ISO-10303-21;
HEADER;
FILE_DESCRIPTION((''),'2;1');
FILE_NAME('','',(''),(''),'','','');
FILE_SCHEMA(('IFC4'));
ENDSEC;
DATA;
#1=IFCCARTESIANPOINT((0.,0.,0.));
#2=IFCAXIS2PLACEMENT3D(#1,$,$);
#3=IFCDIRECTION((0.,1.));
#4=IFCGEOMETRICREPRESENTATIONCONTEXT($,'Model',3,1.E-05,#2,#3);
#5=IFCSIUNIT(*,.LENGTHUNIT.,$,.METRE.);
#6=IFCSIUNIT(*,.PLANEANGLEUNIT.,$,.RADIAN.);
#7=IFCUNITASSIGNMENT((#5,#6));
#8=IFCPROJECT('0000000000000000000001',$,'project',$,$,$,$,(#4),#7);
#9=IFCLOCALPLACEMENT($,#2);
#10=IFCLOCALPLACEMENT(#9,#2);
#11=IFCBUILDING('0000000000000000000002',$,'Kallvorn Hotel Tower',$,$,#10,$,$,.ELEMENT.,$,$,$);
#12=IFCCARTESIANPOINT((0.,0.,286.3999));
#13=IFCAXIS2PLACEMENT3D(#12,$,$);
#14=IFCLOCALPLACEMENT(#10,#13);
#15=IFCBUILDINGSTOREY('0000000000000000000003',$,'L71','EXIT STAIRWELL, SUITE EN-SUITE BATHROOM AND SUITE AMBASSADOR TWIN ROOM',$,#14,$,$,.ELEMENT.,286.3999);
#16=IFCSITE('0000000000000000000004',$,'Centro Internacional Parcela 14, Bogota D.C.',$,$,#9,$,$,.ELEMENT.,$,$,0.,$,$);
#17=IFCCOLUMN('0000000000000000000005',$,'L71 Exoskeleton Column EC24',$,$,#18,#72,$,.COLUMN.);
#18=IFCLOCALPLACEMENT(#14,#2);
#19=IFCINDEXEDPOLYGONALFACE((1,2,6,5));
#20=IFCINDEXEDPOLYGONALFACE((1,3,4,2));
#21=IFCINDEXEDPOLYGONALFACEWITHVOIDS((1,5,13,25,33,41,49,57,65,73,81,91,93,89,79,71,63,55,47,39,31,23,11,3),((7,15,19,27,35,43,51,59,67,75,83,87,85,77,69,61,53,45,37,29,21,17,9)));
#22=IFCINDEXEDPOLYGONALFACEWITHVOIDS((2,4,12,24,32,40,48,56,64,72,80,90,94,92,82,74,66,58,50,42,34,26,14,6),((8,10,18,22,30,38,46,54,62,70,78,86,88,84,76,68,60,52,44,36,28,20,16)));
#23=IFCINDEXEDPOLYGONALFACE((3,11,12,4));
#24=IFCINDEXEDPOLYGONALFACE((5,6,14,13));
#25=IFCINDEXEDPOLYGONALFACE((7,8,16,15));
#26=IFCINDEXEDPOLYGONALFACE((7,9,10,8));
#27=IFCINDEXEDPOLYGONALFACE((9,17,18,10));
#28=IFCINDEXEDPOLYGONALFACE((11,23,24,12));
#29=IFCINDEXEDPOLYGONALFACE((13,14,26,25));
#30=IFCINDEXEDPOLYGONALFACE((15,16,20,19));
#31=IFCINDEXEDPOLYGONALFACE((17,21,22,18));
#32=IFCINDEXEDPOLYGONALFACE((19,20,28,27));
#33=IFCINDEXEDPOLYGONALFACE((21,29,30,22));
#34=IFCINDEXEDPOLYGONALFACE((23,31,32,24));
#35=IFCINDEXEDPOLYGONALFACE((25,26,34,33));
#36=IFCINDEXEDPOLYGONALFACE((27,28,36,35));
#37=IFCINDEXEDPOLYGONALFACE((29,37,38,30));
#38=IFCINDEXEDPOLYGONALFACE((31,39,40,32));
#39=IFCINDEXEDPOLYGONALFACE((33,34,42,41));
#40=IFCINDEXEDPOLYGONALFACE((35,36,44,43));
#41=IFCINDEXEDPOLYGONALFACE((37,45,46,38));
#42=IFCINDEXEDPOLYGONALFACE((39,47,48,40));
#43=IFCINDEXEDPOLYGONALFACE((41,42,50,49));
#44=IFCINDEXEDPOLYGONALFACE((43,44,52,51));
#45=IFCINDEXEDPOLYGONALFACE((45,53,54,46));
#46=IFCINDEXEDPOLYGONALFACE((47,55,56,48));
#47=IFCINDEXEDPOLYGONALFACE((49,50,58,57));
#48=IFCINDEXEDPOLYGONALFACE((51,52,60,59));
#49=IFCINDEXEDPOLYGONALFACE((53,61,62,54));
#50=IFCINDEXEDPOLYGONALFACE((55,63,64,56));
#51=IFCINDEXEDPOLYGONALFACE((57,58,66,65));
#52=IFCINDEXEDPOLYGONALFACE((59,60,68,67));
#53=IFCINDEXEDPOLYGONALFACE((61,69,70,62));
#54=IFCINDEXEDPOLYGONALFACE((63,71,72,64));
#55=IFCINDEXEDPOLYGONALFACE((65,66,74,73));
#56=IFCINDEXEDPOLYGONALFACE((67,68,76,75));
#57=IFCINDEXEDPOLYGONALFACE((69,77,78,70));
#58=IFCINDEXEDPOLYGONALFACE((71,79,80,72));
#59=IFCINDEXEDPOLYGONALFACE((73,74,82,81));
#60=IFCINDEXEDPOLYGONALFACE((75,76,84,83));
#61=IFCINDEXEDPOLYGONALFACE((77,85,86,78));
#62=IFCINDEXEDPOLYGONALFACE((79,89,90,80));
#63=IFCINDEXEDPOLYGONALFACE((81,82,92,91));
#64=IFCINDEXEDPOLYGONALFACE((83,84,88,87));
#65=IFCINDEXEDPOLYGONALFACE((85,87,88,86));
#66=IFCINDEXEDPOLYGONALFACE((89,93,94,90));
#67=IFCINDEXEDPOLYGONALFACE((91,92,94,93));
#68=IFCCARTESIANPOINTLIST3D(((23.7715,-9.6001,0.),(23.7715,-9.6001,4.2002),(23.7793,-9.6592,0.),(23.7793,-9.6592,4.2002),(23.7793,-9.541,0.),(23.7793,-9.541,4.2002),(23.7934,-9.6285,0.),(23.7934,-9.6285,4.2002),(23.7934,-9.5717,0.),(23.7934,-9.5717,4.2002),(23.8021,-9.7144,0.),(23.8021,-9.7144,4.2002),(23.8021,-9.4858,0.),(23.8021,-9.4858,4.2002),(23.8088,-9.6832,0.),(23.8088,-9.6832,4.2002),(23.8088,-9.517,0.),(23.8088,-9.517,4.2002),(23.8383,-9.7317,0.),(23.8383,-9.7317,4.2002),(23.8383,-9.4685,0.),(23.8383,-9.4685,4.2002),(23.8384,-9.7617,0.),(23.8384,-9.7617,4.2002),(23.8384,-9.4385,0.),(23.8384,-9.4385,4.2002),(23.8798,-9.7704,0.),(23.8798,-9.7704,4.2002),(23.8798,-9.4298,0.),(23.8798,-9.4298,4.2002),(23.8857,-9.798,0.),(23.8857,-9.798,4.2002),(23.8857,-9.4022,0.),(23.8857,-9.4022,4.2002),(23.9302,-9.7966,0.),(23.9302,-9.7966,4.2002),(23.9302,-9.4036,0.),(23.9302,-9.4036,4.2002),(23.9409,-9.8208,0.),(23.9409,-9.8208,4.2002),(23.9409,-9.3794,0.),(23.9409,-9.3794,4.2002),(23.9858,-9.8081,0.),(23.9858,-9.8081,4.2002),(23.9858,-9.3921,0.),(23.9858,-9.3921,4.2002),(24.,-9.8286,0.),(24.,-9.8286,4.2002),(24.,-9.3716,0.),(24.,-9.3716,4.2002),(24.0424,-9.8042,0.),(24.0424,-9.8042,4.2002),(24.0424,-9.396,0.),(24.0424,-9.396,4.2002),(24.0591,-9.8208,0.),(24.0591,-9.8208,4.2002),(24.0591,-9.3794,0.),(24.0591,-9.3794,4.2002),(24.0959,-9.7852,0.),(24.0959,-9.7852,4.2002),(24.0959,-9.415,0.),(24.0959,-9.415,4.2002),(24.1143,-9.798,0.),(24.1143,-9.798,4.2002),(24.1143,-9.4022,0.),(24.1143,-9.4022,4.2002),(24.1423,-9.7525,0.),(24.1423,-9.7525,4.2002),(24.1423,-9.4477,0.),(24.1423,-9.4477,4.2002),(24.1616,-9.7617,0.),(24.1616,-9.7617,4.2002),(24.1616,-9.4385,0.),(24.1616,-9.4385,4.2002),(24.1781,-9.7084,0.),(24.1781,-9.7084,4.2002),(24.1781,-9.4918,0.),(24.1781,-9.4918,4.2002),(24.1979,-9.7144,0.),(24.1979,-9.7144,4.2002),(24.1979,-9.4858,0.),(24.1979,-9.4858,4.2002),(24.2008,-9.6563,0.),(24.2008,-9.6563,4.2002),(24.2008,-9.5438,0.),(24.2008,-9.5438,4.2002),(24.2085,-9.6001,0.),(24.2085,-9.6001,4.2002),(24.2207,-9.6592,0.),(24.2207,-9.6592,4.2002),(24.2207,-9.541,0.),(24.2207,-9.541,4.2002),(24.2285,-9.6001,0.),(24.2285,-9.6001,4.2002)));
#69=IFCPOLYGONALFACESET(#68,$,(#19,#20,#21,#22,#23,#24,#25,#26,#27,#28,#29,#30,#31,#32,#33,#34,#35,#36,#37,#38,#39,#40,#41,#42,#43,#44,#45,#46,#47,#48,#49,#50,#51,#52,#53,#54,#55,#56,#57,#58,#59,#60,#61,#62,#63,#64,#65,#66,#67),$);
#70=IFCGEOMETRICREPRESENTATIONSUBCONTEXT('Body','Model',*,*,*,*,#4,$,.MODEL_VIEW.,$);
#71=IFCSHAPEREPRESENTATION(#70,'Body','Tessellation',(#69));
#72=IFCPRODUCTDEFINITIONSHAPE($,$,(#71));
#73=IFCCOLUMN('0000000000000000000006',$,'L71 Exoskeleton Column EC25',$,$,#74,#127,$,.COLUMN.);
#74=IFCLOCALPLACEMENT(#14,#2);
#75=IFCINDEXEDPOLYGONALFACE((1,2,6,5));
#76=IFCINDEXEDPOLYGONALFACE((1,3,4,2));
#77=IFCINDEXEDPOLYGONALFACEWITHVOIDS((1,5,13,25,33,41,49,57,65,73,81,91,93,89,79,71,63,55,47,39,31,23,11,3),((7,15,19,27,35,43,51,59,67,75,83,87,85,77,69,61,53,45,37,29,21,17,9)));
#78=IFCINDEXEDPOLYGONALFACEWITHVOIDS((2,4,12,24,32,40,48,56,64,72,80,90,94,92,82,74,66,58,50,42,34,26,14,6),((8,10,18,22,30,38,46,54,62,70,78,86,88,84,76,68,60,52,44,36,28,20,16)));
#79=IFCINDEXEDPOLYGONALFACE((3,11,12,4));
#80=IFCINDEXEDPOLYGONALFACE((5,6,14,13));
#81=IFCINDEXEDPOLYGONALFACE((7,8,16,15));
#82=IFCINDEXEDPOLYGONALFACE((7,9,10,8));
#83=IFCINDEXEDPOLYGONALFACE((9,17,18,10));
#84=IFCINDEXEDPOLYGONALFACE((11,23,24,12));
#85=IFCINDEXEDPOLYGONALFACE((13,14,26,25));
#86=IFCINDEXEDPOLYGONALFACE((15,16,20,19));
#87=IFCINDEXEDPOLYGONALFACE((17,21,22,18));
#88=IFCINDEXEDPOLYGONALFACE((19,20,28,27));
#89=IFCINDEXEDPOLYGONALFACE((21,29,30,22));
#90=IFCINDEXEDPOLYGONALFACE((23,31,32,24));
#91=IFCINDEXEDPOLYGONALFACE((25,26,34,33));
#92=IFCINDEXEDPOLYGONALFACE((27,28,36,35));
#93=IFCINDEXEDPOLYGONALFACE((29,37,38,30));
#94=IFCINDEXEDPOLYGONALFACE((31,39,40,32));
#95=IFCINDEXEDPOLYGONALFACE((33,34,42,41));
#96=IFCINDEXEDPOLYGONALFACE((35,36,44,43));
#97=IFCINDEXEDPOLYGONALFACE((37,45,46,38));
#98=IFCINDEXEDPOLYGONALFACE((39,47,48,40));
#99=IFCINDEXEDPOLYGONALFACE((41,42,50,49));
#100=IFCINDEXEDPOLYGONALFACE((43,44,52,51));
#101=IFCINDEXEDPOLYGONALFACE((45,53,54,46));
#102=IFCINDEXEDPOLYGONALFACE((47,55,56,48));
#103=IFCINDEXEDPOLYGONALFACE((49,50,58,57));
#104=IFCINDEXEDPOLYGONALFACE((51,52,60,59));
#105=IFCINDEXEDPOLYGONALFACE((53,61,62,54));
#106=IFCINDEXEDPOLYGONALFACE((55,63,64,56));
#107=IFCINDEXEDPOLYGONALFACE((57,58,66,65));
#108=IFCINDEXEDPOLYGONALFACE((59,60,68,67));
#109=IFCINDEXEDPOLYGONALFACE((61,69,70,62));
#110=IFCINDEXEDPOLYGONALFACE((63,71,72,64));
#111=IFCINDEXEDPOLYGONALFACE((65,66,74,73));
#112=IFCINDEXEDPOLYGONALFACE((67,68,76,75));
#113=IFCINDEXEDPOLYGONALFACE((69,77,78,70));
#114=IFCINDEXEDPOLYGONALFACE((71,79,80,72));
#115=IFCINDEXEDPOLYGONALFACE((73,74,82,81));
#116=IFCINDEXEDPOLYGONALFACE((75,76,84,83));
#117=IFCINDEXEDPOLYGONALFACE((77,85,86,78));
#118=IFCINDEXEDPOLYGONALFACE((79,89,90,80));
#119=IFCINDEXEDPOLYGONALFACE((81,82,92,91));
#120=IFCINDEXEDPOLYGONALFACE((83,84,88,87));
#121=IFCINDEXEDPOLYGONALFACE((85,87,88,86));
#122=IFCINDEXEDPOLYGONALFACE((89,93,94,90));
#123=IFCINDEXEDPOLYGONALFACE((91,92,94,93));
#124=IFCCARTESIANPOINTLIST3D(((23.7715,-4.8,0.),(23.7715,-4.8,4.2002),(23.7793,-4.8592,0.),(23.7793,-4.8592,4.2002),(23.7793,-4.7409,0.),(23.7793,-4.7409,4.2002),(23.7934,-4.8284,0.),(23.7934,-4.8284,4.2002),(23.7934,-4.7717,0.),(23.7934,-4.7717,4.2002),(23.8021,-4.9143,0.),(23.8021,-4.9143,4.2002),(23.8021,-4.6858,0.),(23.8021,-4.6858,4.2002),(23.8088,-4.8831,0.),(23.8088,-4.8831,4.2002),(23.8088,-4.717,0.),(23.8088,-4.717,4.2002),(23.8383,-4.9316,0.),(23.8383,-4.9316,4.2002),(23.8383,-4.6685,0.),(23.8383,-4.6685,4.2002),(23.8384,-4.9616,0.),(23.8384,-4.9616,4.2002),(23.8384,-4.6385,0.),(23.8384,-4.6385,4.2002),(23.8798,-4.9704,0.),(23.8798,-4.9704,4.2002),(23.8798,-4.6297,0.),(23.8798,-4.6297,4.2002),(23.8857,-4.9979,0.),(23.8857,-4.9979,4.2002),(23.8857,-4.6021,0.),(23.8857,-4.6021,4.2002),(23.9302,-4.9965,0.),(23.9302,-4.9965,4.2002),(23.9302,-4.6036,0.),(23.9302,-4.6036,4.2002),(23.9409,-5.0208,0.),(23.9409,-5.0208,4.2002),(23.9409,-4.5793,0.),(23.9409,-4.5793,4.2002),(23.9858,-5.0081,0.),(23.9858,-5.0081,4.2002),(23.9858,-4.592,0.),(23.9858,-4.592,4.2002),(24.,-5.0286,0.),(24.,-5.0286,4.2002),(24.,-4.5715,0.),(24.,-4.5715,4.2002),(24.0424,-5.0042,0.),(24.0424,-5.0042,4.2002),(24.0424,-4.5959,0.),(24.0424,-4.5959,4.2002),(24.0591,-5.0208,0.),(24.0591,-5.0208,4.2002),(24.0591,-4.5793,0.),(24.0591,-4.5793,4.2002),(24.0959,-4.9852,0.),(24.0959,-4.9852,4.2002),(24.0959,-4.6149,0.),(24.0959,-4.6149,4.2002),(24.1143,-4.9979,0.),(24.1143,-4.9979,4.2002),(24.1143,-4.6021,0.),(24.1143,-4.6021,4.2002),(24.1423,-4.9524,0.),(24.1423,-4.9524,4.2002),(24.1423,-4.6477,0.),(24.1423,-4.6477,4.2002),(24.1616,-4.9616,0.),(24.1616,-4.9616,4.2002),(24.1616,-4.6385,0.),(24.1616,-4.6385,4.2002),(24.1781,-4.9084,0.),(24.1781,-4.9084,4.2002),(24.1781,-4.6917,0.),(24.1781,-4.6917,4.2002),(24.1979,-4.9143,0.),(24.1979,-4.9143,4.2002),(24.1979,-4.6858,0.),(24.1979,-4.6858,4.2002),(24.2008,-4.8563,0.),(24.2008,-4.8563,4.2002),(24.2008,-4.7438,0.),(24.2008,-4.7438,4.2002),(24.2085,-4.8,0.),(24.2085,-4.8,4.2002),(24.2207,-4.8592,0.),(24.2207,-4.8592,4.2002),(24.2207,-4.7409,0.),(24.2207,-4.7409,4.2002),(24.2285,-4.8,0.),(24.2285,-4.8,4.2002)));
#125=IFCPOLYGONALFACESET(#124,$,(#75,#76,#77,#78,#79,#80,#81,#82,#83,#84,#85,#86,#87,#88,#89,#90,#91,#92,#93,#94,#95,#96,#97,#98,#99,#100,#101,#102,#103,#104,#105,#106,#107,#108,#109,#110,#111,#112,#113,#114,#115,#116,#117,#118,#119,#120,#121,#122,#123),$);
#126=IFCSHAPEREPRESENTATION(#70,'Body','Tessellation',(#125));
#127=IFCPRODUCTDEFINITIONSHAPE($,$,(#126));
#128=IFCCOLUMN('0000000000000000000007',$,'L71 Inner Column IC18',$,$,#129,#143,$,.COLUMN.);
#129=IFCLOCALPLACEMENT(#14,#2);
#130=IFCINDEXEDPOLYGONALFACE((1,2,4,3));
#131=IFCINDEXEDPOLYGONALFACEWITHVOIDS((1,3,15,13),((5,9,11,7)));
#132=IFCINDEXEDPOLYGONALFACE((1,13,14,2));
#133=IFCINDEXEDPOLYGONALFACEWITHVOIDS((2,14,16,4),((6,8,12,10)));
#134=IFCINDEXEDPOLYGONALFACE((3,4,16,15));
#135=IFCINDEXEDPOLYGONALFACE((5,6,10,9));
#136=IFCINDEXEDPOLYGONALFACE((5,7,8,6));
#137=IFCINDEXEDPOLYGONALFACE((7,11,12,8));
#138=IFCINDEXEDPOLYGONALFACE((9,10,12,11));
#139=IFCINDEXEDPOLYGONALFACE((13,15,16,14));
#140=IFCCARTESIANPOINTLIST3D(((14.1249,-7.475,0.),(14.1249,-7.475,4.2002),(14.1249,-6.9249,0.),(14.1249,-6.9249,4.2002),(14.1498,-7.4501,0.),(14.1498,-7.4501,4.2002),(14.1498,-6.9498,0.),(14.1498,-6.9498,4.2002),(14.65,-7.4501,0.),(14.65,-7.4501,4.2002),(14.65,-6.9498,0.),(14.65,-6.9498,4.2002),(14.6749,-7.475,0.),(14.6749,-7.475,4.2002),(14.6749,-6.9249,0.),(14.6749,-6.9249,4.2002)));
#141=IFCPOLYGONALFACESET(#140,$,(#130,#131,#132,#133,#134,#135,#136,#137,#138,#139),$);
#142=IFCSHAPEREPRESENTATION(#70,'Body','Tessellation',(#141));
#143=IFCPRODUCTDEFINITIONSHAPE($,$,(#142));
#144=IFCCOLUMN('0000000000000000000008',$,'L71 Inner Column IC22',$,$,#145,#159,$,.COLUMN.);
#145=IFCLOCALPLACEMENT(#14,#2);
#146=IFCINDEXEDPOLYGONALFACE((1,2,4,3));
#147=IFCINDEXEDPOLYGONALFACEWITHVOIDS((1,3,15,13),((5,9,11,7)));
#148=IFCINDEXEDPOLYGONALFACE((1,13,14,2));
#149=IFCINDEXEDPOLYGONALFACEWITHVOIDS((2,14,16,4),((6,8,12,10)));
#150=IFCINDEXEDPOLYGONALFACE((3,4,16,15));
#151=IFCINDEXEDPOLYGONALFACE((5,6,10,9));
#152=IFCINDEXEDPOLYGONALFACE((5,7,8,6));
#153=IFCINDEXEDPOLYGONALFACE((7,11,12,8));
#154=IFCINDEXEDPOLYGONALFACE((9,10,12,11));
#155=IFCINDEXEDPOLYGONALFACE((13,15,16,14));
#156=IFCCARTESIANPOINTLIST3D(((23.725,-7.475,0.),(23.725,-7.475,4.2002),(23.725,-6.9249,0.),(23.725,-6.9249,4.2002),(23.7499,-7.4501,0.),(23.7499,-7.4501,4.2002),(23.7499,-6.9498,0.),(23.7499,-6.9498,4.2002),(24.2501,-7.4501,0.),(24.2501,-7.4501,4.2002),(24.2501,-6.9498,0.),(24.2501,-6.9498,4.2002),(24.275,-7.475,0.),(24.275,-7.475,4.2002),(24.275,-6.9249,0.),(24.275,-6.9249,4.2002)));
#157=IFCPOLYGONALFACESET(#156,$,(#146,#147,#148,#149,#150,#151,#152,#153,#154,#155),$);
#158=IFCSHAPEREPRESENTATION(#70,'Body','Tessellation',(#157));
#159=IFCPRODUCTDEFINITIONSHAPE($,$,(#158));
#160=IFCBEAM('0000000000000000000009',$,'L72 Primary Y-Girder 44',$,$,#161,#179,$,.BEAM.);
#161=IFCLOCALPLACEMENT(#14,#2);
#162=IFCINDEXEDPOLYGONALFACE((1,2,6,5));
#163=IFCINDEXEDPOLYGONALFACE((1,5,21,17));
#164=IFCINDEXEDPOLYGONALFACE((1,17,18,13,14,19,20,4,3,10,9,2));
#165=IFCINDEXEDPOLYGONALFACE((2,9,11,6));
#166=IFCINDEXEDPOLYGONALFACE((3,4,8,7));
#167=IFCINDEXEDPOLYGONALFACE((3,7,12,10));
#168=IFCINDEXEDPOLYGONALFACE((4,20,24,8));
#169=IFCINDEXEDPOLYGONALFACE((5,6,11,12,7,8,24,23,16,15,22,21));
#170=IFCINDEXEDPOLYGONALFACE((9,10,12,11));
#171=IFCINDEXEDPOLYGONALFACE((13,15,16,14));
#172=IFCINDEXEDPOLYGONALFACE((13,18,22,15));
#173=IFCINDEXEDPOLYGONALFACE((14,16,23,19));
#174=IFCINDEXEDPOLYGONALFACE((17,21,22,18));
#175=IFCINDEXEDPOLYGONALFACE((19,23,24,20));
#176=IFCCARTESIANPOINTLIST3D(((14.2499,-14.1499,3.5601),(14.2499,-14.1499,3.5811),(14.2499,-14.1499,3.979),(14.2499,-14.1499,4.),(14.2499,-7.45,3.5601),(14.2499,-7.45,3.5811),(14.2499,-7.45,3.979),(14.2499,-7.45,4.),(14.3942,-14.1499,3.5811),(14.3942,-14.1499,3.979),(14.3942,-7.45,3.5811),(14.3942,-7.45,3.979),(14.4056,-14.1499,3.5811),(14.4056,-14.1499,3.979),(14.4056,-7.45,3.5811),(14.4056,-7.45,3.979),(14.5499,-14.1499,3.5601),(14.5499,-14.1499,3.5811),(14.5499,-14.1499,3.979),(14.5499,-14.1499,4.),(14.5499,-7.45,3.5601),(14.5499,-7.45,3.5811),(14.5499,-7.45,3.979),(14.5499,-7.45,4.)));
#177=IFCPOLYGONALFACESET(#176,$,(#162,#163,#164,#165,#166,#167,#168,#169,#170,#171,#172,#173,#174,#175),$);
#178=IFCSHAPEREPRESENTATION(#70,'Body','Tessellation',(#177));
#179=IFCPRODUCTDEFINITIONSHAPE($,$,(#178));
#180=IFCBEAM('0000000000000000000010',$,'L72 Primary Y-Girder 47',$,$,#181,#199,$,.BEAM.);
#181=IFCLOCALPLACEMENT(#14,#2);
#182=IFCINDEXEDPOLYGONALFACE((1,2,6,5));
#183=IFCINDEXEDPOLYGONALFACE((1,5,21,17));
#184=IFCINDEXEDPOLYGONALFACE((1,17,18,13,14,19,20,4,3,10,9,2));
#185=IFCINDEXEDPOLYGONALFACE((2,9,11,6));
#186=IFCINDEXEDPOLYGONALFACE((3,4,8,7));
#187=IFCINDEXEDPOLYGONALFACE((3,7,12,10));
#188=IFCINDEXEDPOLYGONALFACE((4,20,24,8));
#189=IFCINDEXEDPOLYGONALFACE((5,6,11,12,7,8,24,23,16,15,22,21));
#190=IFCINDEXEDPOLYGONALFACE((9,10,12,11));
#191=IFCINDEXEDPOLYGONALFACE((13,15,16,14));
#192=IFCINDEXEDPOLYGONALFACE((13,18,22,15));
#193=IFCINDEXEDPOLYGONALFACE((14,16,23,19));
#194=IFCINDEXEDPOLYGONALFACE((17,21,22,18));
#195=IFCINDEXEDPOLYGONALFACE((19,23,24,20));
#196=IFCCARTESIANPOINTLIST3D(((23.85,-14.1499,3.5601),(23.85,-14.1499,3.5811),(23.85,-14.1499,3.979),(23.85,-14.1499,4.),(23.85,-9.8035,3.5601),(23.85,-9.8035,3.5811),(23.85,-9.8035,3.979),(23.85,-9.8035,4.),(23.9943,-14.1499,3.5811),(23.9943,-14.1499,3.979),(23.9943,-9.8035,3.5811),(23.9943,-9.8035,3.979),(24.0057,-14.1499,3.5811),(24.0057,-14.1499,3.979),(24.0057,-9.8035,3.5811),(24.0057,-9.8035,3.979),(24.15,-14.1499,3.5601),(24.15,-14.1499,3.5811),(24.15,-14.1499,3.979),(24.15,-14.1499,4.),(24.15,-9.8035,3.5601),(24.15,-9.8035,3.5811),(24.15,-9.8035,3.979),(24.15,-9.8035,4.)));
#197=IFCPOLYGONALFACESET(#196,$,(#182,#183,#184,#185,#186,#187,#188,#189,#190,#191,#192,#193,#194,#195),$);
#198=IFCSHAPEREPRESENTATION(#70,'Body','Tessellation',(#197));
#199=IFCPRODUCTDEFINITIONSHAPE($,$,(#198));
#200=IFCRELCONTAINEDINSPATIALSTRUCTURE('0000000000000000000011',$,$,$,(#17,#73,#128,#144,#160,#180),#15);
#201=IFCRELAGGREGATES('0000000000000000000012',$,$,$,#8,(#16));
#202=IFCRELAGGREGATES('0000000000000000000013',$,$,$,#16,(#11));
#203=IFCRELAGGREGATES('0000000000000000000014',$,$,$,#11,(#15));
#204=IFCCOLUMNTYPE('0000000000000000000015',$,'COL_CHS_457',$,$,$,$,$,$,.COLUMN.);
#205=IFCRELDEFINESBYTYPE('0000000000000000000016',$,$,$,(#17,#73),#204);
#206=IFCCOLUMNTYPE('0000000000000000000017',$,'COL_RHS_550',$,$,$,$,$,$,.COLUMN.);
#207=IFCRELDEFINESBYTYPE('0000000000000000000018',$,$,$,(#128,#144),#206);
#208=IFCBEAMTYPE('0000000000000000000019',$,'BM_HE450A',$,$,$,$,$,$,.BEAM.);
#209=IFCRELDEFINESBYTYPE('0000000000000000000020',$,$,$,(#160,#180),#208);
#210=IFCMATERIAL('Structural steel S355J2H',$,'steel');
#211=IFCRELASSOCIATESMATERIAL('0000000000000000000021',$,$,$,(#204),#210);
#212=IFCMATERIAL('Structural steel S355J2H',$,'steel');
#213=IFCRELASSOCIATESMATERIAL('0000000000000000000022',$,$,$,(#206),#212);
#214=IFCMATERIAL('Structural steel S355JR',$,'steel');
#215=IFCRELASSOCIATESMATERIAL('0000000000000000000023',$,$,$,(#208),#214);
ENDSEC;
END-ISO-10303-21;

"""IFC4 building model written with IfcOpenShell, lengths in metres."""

from ifc_helpers import new_model, si_unit, direction, frame, origin, origin_2d, place, context, subcontext, project, spatial, hollow_rectangle, hollow_circle, i_section, extrude, material, material_profile, profile_set, type_object, element, save


model = new_model("IFC4")

# Units and contexts
model_context = context("Model", 3, precision=1e-05, world=origin(), true_north=direction((0.0, 1.0)))
body_context = subcontext(model_context, "Body", "Model", "MODEL_VIEW")
ifc_project = project(units=[si_unit("LENGTHUNIT", "METRE"), si_unit("PLANEANGLEUNIT", "RADIAN")], contexts=[model_context])

# Site, building, storey
site_placement = place(None, origin())
site = spatial("IfcSite", under=ifc_project, at=site_placement, Name="Centro Internacional Parcela 14, Bogota D.C.", CompositionType="ELEMENT", RefElevation=0.0)
building_placement = place(site_placement, origin())
building = spatial("IfcBuilding", under=site, at=building_placement, Name="Kallvorn Hotel Tower", CompositionType="ELEMENT")
storey_placement = place(building_placement, frame((0.0, 0.0, 286.3999)))
storey = spatial("IfcBuildingStorey", under=building, at=storey_placement, Name="L71", Description="EXIT STAIRWELL, SUITE EN-SUITE BATHROOM AND SUITE AMBASSADOR TWIN ROOM", CompositionType="ELEMENT", Elevation=286.3999)

# Columns
ifc_material_1 = material(Name="Structural steel S355J2H", Category="steel")
ifc_material_profile_1 = material_profile(ifc_material_1, hollow_circle(Radius=0.2285, WallThickness=0.02, at=origin_2d()), Name="CHS 457x20")
ifc_profile_set_1 = profile_set([ifc_material_profile_1], Name="Structural steel S355J2H")
column_type_1 = type_object("IfcColumnType", Name="COL_CHS_457", PredefinedType="COLUMN", material=ifc_profile_set_1)
for number, where, z_axis, x_axis, name in (
    (1, (24.0, -9.6001, 0.0), (0.0, 0.0, 1.0), (1.0, 0.0, 0.0), "L71 Exoskeleton Column EC24"),
    (2, (24.0, -4.8, 0.0), (0.0, 0.0, 1.0), (1.0, 0.0, 0.0), "L71 Exoskeleton Column EC25"),
):
    element("IfcColumn", number, at=place(storey_placement, frame(where, z_axis=z_axis, x_axis=x_axis)), inside=storey, type_object=column_type_1, Name=name, PredefinedType="COLUMN", context=body_context, shape_type="SweptSolid", body=[
        extrude(hollow_circle(Radius=0.2285, WallThickness=0.02, at=origin_2d()), origin(), (0.0, 0.0, 1.0), 4.2002),
    ])
ifc_material_2 = material(Name="Structural steel S355J2H", Category="steel")
ifc_material_profile_2 = material_profile(ifc_material_2, hollow_rectangle(XDim=0.55, YDim=0.55, WallThickness=0.0249, at=origin_2d()), Name="RHS 550x550x25")
ifc_profile_set_2 = profile_set([ifc_material_profile_2], Name="Structural steel S355J2H")
column_type_2 = type_object("IfcColumnType", Name="COL_RHS_550", PredefinedType="COLUMN", material=ifc_profile_set_2)
for number, where, z_axis, x_axis, name in (
    (3, (14.3999, -7.2, 0.0), (0.0, 0.0, 1.0), (1.0, 0.0, 0.0), "L71 Inner Column IC18"),
    (4, (24.0, -7.2, 0.0), (0.0, 0.0, 1.0), (1.0, 0.0, 0.0), "L71 Inner Column IC22"),
):
    element("IfcColumn", number, at=place(storey_placement, frame(where, z_axis=z_axis, x_axis=x_axis)), inside=storey, type_object=column_type_2, Name=name, PredefinedType="COLUMN", context=body_context, shape_type="SweptSolid", body=[
        extrude(hollow_rectangle(XDim=0.55, YDim=0.55, WallThickness=0.0249, at=origin_2d()), origin(), (0.0, 0.0, 1.0), 4.2002),
    ])

# Beams
ifc_material_3 = material(Name="Structural steel S355JR", Category="steel")
ifc_material_profile_3 = material_profile(ifc_material_3, i_section(OverallWidth=0.3, OverallDepth=0.4399, WebThickness=0.0115, FlangeThickness=0.021, at=origin_2d()), Name="HE 450 A")
ifc_profile_set_3 = profile_set([ifc_material_profile_3], Name="Structural steel S355JR")
beam_type_1 = type_object("IfcBeamType", Name="BM_HE450A", PredefinedType="BEAM", material=ifc_profile_set_3)
beam_1_placement = place(storey_placement, frame((14.3999, -14.1499, 3.78), z_axis=(0.0, 1.0, 0.0), x_axis=(-1.0, 0.0, 0.0)))
element("IfcBeam", 5, at=beam_1_placement, inside=storey, type_object=beam_type_1, Name="L72 Primary Y-Girder 44", PredefinedType="BEAM", context=body_context, shape_type="SweptSolid", body=[
    extrude(i_section(OverallWidth=0.3, OverallDepth=0.4399, WebThickness=0.0115, FlangeThickness=0.021, at=origin_2d()), origin(), (0.0, 0.0, 1.0), 6.7),
])
beam_2_placement = place(storey_placement, frame((24.0, -14.1499, 3.78), z_axis=(0.0, 1.0, 0.0), x_axis=(-1.0, 0.0, 0.0)))
element("IfcBeam", 6, at=beam_2_placement, inside=storey, type_object=beam_type_1, Name="L72 Primary Y-Girder 47", PredefinedType="BEAM", context=body_context, shape_type="SweptSolid", body=[
    extrude(i_section(OverallWidth=0.3, OverallDepth=0.4399, WebThickness=0.0115, FlangeThickness=0.021, at=origin_2d()), origin(), (0.0, 0.0, 1.0), 4.3464),
])

save(model, "model.ifc")
